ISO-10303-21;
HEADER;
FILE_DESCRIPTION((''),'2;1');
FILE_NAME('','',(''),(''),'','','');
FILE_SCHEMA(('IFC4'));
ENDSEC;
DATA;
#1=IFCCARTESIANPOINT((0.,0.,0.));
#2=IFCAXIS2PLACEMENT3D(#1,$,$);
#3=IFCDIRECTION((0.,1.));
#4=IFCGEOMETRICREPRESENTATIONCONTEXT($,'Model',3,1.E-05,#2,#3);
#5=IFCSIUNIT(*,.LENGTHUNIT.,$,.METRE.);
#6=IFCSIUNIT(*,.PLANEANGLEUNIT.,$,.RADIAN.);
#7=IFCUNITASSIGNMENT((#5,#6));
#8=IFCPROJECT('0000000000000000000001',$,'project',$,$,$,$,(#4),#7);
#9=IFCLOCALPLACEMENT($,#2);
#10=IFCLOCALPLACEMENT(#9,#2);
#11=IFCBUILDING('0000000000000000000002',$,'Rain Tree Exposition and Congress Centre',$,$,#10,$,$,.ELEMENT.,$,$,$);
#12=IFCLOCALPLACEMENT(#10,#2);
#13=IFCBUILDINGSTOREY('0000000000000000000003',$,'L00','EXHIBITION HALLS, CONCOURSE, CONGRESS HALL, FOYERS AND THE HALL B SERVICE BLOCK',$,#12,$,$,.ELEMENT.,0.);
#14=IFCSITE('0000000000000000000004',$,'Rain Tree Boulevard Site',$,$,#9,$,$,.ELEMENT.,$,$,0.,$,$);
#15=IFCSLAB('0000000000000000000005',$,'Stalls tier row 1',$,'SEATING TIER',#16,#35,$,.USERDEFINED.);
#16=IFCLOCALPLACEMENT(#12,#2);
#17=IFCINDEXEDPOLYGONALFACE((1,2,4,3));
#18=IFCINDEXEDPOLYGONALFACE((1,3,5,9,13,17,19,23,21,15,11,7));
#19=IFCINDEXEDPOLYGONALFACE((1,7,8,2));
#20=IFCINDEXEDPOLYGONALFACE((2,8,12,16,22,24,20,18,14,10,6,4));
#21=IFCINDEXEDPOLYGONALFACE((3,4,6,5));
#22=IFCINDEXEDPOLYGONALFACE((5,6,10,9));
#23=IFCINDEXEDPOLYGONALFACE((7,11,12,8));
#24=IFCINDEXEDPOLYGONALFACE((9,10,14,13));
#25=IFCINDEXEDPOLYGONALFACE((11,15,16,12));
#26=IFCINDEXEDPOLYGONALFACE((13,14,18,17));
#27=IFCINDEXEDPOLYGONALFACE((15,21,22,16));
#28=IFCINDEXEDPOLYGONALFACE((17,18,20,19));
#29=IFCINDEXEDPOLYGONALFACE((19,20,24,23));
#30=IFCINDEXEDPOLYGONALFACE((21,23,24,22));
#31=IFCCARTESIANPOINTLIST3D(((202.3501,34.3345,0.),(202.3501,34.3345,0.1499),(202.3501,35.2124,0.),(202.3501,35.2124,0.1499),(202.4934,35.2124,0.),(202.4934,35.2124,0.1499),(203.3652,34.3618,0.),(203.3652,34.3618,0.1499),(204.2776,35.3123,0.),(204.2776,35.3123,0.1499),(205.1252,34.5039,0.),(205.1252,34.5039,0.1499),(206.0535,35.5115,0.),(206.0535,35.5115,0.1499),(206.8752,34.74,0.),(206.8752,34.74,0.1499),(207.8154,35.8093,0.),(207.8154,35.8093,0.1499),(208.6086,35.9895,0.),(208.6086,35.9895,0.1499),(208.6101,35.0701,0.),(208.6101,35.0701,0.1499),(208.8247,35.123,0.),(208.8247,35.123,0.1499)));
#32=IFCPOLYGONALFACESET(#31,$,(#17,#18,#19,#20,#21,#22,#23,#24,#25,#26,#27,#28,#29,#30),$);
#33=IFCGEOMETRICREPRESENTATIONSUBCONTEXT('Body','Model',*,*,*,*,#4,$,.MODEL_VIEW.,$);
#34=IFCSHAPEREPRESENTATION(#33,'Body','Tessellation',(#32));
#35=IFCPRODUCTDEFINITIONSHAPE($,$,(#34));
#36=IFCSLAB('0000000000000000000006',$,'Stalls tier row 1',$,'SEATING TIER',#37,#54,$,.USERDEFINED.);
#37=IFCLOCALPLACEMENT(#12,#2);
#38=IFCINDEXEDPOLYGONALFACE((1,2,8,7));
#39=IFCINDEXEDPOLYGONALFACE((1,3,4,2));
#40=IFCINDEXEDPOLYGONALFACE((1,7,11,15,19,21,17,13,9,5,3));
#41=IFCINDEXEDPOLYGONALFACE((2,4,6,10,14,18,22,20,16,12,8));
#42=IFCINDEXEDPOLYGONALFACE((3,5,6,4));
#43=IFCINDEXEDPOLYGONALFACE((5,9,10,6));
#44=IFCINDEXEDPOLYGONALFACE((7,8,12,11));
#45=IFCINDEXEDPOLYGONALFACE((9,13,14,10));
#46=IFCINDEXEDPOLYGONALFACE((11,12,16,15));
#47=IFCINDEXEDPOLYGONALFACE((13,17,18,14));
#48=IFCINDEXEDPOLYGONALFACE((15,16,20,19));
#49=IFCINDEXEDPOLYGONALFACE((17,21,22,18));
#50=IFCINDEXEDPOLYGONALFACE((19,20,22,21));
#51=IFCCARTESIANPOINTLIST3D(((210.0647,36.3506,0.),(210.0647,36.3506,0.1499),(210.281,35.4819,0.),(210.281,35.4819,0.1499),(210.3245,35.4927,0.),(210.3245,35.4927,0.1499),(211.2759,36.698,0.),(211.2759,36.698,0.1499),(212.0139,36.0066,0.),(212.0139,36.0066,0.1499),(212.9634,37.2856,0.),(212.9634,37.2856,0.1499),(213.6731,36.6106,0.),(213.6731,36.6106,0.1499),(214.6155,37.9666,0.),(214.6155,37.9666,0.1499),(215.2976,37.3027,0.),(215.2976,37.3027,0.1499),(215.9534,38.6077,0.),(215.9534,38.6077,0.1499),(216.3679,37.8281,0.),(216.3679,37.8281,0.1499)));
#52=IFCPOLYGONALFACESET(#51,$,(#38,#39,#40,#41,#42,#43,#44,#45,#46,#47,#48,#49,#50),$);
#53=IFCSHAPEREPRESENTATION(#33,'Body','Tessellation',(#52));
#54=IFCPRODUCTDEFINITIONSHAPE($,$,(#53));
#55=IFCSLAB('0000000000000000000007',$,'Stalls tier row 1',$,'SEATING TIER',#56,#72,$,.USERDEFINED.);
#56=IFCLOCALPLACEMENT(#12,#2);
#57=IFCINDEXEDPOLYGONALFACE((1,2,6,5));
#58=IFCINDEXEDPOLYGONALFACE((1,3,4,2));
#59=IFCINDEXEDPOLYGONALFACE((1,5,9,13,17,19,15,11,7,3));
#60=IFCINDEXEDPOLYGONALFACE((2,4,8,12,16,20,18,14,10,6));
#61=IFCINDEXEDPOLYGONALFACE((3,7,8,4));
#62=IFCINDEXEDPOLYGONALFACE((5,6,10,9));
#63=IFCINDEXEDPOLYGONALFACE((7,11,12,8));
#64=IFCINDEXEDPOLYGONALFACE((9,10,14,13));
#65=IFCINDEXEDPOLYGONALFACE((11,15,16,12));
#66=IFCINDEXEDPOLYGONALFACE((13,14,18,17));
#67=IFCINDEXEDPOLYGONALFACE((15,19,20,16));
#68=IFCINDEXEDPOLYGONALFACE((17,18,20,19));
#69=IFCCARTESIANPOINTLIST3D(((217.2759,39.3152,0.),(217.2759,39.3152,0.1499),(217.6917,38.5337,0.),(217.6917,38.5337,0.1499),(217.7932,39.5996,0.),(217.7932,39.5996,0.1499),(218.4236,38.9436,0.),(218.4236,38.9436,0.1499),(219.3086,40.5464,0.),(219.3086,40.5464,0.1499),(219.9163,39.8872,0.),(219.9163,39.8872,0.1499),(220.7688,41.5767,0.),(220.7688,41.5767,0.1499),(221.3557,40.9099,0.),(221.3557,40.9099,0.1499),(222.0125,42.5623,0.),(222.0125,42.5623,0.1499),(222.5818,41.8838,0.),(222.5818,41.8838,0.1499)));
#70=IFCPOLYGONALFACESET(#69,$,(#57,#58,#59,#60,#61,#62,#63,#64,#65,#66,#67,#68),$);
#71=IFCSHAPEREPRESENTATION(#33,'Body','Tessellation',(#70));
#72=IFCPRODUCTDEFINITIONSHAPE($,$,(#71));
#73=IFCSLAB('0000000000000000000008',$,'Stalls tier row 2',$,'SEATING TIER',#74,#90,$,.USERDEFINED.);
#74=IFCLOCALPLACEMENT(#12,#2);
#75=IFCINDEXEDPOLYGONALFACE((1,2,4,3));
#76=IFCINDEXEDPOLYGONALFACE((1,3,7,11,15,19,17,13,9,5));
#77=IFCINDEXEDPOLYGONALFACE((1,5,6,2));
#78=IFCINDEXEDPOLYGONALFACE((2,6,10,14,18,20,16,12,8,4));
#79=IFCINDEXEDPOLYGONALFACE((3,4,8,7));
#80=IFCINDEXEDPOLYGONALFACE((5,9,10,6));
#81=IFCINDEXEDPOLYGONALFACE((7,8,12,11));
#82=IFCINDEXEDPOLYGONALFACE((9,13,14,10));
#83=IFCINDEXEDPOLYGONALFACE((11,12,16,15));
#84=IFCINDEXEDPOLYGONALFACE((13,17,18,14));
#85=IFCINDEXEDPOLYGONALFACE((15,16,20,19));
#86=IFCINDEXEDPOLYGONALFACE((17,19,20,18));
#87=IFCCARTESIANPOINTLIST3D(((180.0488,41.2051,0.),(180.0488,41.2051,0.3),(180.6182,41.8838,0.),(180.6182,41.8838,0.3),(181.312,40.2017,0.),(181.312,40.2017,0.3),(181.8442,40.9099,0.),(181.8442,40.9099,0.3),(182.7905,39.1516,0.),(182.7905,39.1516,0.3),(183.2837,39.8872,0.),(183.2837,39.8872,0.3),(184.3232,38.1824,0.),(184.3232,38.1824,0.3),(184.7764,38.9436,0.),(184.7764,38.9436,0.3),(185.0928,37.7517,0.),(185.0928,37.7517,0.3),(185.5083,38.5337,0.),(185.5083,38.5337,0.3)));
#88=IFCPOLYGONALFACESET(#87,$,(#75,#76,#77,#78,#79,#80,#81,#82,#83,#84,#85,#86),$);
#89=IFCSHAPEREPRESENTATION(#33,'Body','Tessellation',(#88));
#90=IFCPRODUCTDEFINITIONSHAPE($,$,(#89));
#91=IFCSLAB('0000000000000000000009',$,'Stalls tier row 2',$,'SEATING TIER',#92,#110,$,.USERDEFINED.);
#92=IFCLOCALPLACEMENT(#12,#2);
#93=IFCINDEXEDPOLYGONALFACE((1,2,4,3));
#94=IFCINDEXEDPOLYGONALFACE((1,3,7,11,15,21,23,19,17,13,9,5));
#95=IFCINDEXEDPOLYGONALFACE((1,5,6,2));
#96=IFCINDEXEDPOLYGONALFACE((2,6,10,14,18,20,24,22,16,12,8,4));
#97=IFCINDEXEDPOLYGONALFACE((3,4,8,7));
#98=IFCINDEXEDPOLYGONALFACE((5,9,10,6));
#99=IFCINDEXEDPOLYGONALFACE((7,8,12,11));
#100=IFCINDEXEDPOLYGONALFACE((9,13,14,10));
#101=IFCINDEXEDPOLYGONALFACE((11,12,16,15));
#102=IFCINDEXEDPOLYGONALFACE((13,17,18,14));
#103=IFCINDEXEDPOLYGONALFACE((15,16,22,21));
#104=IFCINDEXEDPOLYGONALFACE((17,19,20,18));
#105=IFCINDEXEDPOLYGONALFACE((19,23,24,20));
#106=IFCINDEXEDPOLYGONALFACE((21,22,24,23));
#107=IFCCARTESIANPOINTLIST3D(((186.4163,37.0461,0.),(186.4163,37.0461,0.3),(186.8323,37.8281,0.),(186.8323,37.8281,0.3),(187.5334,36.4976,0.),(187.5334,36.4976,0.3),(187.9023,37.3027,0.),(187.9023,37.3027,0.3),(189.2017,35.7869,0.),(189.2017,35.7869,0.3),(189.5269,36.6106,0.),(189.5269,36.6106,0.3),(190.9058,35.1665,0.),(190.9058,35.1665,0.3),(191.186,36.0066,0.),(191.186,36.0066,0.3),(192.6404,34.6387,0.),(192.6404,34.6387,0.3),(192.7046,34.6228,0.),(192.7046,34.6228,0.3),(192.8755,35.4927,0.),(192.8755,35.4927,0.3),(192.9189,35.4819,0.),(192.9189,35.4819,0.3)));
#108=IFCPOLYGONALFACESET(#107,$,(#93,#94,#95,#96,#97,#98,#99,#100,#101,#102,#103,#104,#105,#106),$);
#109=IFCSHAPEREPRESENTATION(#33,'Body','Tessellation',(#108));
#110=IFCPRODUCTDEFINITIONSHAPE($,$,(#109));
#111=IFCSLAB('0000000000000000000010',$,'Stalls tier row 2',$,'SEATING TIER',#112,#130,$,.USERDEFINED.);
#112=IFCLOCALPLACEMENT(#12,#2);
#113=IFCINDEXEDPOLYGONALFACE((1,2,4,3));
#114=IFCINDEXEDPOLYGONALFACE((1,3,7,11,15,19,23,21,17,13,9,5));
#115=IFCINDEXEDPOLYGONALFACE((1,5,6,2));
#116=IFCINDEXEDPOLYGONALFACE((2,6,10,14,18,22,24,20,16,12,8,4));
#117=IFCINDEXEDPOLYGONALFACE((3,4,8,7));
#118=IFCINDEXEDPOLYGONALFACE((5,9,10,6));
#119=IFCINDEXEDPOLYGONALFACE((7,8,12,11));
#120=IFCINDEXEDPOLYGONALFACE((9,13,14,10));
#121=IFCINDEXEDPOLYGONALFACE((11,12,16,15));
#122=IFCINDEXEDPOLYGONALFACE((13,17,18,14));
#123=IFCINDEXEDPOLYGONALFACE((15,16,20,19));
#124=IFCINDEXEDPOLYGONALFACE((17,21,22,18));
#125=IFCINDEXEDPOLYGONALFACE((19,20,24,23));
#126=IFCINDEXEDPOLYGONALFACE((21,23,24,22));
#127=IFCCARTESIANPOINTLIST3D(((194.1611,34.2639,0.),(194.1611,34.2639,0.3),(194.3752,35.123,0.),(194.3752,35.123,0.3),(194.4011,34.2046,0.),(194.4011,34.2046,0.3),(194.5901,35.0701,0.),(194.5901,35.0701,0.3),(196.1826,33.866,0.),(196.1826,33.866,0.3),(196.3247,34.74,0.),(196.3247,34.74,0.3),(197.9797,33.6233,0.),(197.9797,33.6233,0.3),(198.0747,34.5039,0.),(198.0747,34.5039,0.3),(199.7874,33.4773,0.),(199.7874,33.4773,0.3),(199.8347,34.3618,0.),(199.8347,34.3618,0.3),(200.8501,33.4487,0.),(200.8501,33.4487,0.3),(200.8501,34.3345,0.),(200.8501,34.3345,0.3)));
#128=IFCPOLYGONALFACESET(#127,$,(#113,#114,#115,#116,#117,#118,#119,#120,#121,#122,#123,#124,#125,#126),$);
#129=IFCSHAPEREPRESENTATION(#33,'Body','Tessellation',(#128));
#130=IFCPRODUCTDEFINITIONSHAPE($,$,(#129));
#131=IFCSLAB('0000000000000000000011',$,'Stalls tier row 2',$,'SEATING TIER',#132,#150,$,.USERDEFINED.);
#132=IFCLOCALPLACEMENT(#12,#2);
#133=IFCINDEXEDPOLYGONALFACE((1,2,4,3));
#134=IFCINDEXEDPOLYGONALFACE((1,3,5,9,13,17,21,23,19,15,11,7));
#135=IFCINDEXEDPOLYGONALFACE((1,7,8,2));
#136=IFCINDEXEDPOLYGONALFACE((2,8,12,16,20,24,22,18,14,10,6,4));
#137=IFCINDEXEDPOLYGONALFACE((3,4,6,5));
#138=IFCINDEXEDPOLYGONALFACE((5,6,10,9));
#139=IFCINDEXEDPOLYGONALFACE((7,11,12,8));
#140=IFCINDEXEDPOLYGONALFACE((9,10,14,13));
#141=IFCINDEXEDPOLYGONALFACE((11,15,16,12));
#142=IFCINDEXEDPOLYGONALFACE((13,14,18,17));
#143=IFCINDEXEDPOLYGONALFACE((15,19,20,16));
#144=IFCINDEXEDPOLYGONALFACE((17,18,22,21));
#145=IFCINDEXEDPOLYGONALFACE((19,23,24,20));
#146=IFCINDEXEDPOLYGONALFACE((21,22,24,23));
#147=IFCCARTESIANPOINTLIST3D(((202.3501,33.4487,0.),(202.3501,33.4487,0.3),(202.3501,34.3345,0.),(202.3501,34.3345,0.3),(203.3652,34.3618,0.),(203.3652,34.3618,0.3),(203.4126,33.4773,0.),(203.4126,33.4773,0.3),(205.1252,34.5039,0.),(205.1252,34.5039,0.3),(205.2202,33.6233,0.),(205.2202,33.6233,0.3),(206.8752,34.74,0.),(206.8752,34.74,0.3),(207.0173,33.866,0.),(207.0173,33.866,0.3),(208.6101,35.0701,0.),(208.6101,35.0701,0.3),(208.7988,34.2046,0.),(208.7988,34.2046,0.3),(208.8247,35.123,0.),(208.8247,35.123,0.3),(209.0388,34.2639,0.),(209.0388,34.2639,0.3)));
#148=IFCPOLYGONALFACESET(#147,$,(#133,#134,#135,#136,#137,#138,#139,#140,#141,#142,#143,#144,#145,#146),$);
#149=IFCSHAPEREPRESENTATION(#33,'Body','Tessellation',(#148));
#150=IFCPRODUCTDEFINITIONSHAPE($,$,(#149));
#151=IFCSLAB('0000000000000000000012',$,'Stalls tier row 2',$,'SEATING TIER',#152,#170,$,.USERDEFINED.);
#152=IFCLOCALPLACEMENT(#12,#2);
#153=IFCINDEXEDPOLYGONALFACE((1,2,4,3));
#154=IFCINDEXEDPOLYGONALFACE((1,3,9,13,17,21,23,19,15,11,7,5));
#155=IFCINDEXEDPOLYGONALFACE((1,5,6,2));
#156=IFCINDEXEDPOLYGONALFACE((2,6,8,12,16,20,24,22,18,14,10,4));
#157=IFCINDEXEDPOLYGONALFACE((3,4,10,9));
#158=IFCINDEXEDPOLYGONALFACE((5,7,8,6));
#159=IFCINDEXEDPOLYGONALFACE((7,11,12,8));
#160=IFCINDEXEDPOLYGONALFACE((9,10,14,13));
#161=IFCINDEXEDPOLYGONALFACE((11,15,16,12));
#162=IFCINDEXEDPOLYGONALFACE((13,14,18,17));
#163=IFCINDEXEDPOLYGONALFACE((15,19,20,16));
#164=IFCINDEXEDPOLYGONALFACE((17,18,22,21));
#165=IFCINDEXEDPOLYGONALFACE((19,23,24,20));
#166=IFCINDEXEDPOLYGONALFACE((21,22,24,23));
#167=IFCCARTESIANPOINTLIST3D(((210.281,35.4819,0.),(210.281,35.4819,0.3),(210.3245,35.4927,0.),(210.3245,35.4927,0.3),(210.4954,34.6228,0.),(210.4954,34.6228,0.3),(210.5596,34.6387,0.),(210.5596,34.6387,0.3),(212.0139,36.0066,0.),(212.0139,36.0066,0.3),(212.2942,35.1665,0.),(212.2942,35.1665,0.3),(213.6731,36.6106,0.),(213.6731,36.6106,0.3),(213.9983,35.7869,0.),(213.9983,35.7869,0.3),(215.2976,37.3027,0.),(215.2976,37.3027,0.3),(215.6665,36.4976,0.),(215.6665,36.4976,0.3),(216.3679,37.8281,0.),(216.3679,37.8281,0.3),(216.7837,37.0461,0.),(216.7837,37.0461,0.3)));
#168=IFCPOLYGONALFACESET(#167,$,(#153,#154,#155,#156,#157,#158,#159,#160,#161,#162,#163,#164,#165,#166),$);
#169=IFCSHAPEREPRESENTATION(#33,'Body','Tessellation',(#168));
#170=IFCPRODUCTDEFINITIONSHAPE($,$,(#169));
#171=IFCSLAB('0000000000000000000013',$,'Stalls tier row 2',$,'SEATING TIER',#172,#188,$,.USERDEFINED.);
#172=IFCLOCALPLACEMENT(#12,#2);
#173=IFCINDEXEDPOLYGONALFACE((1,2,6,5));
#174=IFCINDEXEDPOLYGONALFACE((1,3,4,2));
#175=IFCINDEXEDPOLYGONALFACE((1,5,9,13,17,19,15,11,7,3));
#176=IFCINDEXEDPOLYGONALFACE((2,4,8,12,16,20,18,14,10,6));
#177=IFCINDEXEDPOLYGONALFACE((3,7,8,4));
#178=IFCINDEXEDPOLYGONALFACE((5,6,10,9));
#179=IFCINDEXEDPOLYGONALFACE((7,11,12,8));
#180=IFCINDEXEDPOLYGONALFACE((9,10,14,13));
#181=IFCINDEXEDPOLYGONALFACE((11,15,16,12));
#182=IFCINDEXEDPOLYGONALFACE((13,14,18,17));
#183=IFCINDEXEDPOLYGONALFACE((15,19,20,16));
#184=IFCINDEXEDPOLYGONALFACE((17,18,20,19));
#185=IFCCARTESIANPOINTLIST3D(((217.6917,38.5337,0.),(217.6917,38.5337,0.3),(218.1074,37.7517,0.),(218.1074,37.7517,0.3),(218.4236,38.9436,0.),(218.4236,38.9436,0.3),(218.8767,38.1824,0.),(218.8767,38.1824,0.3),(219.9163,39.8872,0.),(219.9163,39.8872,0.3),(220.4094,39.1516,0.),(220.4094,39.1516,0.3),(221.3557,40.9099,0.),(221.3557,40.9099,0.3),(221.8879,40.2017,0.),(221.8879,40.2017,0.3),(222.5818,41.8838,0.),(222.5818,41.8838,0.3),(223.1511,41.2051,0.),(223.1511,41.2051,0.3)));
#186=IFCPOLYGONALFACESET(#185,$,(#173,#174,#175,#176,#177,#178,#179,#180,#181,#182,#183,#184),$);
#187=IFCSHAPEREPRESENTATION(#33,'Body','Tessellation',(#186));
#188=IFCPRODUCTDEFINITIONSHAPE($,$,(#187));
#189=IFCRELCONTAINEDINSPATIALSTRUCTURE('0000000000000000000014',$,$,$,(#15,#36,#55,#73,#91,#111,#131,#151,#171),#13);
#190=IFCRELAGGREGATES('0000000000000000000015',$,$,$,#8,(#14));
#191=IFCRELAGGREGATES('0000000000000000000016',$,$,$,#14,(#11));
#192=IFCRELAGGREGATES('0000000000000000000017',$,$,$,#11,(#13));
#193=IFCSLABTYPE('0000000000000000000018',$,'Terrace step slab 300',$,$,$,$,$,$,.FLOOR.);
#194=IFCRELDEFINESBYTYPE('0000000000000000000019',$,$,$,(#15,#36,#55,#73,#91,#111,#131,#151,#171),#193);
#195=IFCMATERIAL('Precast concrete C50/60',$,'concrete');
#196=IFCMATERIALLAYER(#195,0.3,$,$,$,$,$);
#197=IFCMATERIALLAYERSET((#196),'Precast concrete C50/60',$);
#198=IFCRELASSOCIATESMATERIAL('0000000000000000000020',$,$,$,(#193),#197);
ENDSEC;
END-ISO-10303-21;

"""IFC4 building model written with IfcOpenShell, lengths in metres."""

from ifc_helpers import new_model, si_unit, direction, origin, place, context, subcontext, project, spatial, polyline, outline, extrude, material, layer, layer_set, type_object, element, save


model = new_model("IFC4")

# Units and contexts
model_context = context("Model", 3, precision=1e-05, world=origin(), true_north=direction((0.0, 1.0)))
body_context = subcontext(model_context, "Body", "Model", "MODEL_VIEW")
ifc_project = project(units=[si_unit("LENGTHUNIT", "METRE"), si_unit("PLANEANGLEUNIT", "RADIAN")], contexts=[model_context])

# Site, building, storey
site_placement = place(None, origin())
site = spatial("IfcSite", under=ifc_project, at=site_placement, Name="Rain Tree Boulevard Site", CompositionType="ELEMENT", RefElevation=0.0)
building_placement = place(site_placement, origin())
building = spatial("IfcBuilding", under=site, at=building_placement, Name="Rain Tree Exposition and Congress Centre", CompositionType="ELEMENT")
storey_placement = place(building_placement, origin())
storey = spatial("IfcBuildingStorey", under=building, at=storey_placement, Name="L00", Description="EXHIBITION HALLS, CONCOURSE, CONGRESS HALL, FOYERS AND THE HALL B SERVICE BLOCK", CompositionType="ELEMENT", Elevation=0.0)

# Slabs
ifc_material_1 = material(Name="Precast concrete C50/60", Category="concrete")
ifc_layer_1 = layer(ifc_material_1, 0.3)
ifc_layer_set_1 = layer_set([ifc_layer_1], Name="Precast concrete C50/60")
slab_type_1 = type_object("IfcSlabType", Name="Terrace step slab 300", PredefinedType="FLOOR", material=ifc_layer_set_1)
slab_1_placement = place(storey_placement, origin())
element("IfcSlab", 1, at=slab_1_placement, inside=storey, type_object=slab_type_1, Name="Stalls tier row 1", ObjectType="SEATING TIER", PredefinedType="USERDEFINED", context=body_context, shape_type="SweptSolid", body=[
    extrude(outline(polyline([(208.6101, 35.0701), (208.8247, 35.123), (208.6086, 35.9895), (207.8154, 35.8093), (206.0535, 35.5115), (204.2776, 35.3123), (202.4934, 35.2124), (202.3501, 35.2124), (202.3501, 34.3345), (203.3652, 34.3618), (205.1252, 34.5039), (206.8752, 34.74), (208.6101, 35.0701)])), origin(), (0.0, 0.0, 1.0), 0.1499),
])
slab_2_placement = place(storey_placement, origin())
element("IfcSlab", 2, at=slab_2_placement, inside=storey, type_object=slab_type_1, Name="Stalls tier row 1", ObjectType="SEATING TIER", PredefinedType="USERDEFINED", context=body_context, shape_type="SweptSolid", body=[
    extrude(outline(polyline([(215.2976, 37.3027), (216.3679, 37.8281), (215.9534, 38.6077), (214.6155, 37.9666), (212.9634, 37.2856), (211.2759, 36.698), (210.0647, 36.3506), (210.281, 35.4819), (210.3245, 35.4927), (212.0139, 36.0066), (213.6731, 36.6106), (215.2976, 37.3027)])), origin(), (0.0, 0.0, 1.0), 0.1499),
])
slab_3_placement = place(storey_placement, origin())
element("IfcSlab", 3, at=slab_3_placement, inside=storey, type_object=slab_type_1, Name="Stalls tier row 1", ObjectType="SEATING TIER", PredefinedType="USERDEFINED", context=body_context, shape_type="SweptSolid", body=[
    extrude(outline(polyline([(219.9163, 39.8872), (221.3557, 40.9099), (222.5818, 41.8838), (222.0125, 42.5623), (220.7688, 41.5767), (219.3086, 40.5464), (217.7932, 39.5996), (217.2759, 39.3152), (217.6917, 38.5337), (218.4236, 38.9436), (219.9163, 39.8872)])), origin(), (0.0, 0.0, 1.0), 0.1499),
])
slab_4_placement = place(storey_placement, origin())
element("IfcSlab", 4, at=slab_4_placement, inside=storey, type_object=slab_type_1, Name="Stalls tier row 2", ObjectType="SEATING TIER", PredefinedType="USERDEFINED", context=body_context, shape_type="SweptSolid", body=[
    extrude(outline(polyline([(184.3232, 38.1824), (185.0928, 37.7517), (185.5083, 38.5337), (184.7764, 38.9436), (183.2837, 39.8872), (181.8442, 40.9099), (180.6182, 41.8838), (180.0488, 41.2051), (181.312, 40.2017), (182.7905, 39.1516), (184.3232, 38.1824)])), origin(), (0.0, 0.0, 1.0), 0.3),
])
slab_5_placement = place(storey_placement, origin())
element("IfcSlab", 5, at=slab_5_placement, inside=storey, type_object=slab_type_1, Name="Stalls tier row 2", ObjectType="SEATING TIER", PredefinedType="USERDEFINED", context=body_context, shape_type="SweptSolid", body=[
    extrude(outline(polyline([(192.6404, 34.6387), (192.7046, 34.6228), (192.9189, 35.4819), (192.8755, 35.4927), (191.186, 36.0066), (189.5269, 36.6106), (187.9023, 37.3027), (186.8323, 37.8281), (186.4163, 37.0461), (187.5334, 36.4976), (189.2017, 35.7869), (190.9058, 35.1665), (192.6404, 34.6387)])), origin(), (0.0, 0.0, 1.0), 0.3),
])
slab_6_placement = place(storey_placement, origin())
element("IfcSlab", 6, at=slab_6_placement, inside=storey, type_object=slab_type_1, Name="Stalls tier row 2", ObjectType="SEATING TIER", PredefinedType="USERDEFINED", context=body_context, shape_type="SweptSolid", body=[
    extrude(outline(polyline([(199.7874, 33.4773), (200.8501, 33.4487), (200.8501, 34.3345), (199.8347, 34.3618), (198.0747, 34.5039), (196.3247, 34.74), (194.5901, 35.0701), (194.3752, 35.123), (194.1611, 34.2639), (194.4011, 34.2046), (196.1826, 33.866), (197.9797, 33.6233), (199.7874, 33.4773)])), origin(), (0.0, 0.0, 1.0), 0.3),
])
slab_7_placement = place(storey_placement, origin())
element("IfcSlab", 7, at=slab_7_placement, inside=storey, type_object=slab_type_1, Name="Stalls tier row 2", ObjectType="SEATING TIER", PredefinedType="USERDEFINED", context=body_context, shape_type="SweptSolid", body=[
    extrude(outline(polyline([(208.7988, 34.2046), (209.0388, 34.2639), (208.8247, 35.123), (208.6101, 35.0701), (206.8752, 34.74), (205.1252, 34.5039), (203.3652, 34.3618), (202.3501, 34.3345), (202.3501, 33.4487), (203.4126, 33.4773), (205.2202, 33.6233), (207.0173, 33.866), (208.7988, 34.2046)])), origin(), (0.0, 0.0, 1.0), 0.3),
])
slab_8_placement = place(storey_placement, origin())
element("IfcSlab", 8, at=slab_8_placement, inside=storey, type_object=slab_type_1, Name="Stalls tier row 2", ObjectType="SEATING TIER", PredefinedType="USERDEFINED", context=body_context, shape_type="SweptSolid", body=[
    extrude(outline(polyline([(215.6665, 36.4976), (216.7837, 37.0461), (216.3679, 37.8281), (215.2976, 37.3027), (213.6731, 36.6106), (212.0139, 36.0066), (210.3245, 35.4927), (210.281, 35.4819), (210.4954, 34.6228), (210.5596, 34.6387), (212.2942, 35.1665), (213.9983, 35.7869), (215.6665, 36.4976)])), origin(), (0.0, 0.0, 1.0), 0.3),
])
slab_9_placement = place(storey_placement, origin())
element("IfcSlab", 9, at=slab_9_placement, inside=storey, type_object=slab_type_1, Name="Stalls tier row 2", ObjectType="SEATING TIER", PredefinedType="USERDEFINED", context=body_context, shape_type="SweptSolid", body=[
    extrude(outline(polyline([(220.4094, 39.1516), (221.8879, 40.2017), (223.1511, 41.2051), (222.5818, 41.8838), (221.3557, 40.9099), (219.9163, 39.8872), (218.4236, 38.9436), (217.6917, 38.5337), (218.1074, 37.7517), (218.8767, 38.1824), (220.4094, 39.1516)])), origin(), (0.0, 0.0, 1.0), 0.3),
])

save(model, "model.ifc")
